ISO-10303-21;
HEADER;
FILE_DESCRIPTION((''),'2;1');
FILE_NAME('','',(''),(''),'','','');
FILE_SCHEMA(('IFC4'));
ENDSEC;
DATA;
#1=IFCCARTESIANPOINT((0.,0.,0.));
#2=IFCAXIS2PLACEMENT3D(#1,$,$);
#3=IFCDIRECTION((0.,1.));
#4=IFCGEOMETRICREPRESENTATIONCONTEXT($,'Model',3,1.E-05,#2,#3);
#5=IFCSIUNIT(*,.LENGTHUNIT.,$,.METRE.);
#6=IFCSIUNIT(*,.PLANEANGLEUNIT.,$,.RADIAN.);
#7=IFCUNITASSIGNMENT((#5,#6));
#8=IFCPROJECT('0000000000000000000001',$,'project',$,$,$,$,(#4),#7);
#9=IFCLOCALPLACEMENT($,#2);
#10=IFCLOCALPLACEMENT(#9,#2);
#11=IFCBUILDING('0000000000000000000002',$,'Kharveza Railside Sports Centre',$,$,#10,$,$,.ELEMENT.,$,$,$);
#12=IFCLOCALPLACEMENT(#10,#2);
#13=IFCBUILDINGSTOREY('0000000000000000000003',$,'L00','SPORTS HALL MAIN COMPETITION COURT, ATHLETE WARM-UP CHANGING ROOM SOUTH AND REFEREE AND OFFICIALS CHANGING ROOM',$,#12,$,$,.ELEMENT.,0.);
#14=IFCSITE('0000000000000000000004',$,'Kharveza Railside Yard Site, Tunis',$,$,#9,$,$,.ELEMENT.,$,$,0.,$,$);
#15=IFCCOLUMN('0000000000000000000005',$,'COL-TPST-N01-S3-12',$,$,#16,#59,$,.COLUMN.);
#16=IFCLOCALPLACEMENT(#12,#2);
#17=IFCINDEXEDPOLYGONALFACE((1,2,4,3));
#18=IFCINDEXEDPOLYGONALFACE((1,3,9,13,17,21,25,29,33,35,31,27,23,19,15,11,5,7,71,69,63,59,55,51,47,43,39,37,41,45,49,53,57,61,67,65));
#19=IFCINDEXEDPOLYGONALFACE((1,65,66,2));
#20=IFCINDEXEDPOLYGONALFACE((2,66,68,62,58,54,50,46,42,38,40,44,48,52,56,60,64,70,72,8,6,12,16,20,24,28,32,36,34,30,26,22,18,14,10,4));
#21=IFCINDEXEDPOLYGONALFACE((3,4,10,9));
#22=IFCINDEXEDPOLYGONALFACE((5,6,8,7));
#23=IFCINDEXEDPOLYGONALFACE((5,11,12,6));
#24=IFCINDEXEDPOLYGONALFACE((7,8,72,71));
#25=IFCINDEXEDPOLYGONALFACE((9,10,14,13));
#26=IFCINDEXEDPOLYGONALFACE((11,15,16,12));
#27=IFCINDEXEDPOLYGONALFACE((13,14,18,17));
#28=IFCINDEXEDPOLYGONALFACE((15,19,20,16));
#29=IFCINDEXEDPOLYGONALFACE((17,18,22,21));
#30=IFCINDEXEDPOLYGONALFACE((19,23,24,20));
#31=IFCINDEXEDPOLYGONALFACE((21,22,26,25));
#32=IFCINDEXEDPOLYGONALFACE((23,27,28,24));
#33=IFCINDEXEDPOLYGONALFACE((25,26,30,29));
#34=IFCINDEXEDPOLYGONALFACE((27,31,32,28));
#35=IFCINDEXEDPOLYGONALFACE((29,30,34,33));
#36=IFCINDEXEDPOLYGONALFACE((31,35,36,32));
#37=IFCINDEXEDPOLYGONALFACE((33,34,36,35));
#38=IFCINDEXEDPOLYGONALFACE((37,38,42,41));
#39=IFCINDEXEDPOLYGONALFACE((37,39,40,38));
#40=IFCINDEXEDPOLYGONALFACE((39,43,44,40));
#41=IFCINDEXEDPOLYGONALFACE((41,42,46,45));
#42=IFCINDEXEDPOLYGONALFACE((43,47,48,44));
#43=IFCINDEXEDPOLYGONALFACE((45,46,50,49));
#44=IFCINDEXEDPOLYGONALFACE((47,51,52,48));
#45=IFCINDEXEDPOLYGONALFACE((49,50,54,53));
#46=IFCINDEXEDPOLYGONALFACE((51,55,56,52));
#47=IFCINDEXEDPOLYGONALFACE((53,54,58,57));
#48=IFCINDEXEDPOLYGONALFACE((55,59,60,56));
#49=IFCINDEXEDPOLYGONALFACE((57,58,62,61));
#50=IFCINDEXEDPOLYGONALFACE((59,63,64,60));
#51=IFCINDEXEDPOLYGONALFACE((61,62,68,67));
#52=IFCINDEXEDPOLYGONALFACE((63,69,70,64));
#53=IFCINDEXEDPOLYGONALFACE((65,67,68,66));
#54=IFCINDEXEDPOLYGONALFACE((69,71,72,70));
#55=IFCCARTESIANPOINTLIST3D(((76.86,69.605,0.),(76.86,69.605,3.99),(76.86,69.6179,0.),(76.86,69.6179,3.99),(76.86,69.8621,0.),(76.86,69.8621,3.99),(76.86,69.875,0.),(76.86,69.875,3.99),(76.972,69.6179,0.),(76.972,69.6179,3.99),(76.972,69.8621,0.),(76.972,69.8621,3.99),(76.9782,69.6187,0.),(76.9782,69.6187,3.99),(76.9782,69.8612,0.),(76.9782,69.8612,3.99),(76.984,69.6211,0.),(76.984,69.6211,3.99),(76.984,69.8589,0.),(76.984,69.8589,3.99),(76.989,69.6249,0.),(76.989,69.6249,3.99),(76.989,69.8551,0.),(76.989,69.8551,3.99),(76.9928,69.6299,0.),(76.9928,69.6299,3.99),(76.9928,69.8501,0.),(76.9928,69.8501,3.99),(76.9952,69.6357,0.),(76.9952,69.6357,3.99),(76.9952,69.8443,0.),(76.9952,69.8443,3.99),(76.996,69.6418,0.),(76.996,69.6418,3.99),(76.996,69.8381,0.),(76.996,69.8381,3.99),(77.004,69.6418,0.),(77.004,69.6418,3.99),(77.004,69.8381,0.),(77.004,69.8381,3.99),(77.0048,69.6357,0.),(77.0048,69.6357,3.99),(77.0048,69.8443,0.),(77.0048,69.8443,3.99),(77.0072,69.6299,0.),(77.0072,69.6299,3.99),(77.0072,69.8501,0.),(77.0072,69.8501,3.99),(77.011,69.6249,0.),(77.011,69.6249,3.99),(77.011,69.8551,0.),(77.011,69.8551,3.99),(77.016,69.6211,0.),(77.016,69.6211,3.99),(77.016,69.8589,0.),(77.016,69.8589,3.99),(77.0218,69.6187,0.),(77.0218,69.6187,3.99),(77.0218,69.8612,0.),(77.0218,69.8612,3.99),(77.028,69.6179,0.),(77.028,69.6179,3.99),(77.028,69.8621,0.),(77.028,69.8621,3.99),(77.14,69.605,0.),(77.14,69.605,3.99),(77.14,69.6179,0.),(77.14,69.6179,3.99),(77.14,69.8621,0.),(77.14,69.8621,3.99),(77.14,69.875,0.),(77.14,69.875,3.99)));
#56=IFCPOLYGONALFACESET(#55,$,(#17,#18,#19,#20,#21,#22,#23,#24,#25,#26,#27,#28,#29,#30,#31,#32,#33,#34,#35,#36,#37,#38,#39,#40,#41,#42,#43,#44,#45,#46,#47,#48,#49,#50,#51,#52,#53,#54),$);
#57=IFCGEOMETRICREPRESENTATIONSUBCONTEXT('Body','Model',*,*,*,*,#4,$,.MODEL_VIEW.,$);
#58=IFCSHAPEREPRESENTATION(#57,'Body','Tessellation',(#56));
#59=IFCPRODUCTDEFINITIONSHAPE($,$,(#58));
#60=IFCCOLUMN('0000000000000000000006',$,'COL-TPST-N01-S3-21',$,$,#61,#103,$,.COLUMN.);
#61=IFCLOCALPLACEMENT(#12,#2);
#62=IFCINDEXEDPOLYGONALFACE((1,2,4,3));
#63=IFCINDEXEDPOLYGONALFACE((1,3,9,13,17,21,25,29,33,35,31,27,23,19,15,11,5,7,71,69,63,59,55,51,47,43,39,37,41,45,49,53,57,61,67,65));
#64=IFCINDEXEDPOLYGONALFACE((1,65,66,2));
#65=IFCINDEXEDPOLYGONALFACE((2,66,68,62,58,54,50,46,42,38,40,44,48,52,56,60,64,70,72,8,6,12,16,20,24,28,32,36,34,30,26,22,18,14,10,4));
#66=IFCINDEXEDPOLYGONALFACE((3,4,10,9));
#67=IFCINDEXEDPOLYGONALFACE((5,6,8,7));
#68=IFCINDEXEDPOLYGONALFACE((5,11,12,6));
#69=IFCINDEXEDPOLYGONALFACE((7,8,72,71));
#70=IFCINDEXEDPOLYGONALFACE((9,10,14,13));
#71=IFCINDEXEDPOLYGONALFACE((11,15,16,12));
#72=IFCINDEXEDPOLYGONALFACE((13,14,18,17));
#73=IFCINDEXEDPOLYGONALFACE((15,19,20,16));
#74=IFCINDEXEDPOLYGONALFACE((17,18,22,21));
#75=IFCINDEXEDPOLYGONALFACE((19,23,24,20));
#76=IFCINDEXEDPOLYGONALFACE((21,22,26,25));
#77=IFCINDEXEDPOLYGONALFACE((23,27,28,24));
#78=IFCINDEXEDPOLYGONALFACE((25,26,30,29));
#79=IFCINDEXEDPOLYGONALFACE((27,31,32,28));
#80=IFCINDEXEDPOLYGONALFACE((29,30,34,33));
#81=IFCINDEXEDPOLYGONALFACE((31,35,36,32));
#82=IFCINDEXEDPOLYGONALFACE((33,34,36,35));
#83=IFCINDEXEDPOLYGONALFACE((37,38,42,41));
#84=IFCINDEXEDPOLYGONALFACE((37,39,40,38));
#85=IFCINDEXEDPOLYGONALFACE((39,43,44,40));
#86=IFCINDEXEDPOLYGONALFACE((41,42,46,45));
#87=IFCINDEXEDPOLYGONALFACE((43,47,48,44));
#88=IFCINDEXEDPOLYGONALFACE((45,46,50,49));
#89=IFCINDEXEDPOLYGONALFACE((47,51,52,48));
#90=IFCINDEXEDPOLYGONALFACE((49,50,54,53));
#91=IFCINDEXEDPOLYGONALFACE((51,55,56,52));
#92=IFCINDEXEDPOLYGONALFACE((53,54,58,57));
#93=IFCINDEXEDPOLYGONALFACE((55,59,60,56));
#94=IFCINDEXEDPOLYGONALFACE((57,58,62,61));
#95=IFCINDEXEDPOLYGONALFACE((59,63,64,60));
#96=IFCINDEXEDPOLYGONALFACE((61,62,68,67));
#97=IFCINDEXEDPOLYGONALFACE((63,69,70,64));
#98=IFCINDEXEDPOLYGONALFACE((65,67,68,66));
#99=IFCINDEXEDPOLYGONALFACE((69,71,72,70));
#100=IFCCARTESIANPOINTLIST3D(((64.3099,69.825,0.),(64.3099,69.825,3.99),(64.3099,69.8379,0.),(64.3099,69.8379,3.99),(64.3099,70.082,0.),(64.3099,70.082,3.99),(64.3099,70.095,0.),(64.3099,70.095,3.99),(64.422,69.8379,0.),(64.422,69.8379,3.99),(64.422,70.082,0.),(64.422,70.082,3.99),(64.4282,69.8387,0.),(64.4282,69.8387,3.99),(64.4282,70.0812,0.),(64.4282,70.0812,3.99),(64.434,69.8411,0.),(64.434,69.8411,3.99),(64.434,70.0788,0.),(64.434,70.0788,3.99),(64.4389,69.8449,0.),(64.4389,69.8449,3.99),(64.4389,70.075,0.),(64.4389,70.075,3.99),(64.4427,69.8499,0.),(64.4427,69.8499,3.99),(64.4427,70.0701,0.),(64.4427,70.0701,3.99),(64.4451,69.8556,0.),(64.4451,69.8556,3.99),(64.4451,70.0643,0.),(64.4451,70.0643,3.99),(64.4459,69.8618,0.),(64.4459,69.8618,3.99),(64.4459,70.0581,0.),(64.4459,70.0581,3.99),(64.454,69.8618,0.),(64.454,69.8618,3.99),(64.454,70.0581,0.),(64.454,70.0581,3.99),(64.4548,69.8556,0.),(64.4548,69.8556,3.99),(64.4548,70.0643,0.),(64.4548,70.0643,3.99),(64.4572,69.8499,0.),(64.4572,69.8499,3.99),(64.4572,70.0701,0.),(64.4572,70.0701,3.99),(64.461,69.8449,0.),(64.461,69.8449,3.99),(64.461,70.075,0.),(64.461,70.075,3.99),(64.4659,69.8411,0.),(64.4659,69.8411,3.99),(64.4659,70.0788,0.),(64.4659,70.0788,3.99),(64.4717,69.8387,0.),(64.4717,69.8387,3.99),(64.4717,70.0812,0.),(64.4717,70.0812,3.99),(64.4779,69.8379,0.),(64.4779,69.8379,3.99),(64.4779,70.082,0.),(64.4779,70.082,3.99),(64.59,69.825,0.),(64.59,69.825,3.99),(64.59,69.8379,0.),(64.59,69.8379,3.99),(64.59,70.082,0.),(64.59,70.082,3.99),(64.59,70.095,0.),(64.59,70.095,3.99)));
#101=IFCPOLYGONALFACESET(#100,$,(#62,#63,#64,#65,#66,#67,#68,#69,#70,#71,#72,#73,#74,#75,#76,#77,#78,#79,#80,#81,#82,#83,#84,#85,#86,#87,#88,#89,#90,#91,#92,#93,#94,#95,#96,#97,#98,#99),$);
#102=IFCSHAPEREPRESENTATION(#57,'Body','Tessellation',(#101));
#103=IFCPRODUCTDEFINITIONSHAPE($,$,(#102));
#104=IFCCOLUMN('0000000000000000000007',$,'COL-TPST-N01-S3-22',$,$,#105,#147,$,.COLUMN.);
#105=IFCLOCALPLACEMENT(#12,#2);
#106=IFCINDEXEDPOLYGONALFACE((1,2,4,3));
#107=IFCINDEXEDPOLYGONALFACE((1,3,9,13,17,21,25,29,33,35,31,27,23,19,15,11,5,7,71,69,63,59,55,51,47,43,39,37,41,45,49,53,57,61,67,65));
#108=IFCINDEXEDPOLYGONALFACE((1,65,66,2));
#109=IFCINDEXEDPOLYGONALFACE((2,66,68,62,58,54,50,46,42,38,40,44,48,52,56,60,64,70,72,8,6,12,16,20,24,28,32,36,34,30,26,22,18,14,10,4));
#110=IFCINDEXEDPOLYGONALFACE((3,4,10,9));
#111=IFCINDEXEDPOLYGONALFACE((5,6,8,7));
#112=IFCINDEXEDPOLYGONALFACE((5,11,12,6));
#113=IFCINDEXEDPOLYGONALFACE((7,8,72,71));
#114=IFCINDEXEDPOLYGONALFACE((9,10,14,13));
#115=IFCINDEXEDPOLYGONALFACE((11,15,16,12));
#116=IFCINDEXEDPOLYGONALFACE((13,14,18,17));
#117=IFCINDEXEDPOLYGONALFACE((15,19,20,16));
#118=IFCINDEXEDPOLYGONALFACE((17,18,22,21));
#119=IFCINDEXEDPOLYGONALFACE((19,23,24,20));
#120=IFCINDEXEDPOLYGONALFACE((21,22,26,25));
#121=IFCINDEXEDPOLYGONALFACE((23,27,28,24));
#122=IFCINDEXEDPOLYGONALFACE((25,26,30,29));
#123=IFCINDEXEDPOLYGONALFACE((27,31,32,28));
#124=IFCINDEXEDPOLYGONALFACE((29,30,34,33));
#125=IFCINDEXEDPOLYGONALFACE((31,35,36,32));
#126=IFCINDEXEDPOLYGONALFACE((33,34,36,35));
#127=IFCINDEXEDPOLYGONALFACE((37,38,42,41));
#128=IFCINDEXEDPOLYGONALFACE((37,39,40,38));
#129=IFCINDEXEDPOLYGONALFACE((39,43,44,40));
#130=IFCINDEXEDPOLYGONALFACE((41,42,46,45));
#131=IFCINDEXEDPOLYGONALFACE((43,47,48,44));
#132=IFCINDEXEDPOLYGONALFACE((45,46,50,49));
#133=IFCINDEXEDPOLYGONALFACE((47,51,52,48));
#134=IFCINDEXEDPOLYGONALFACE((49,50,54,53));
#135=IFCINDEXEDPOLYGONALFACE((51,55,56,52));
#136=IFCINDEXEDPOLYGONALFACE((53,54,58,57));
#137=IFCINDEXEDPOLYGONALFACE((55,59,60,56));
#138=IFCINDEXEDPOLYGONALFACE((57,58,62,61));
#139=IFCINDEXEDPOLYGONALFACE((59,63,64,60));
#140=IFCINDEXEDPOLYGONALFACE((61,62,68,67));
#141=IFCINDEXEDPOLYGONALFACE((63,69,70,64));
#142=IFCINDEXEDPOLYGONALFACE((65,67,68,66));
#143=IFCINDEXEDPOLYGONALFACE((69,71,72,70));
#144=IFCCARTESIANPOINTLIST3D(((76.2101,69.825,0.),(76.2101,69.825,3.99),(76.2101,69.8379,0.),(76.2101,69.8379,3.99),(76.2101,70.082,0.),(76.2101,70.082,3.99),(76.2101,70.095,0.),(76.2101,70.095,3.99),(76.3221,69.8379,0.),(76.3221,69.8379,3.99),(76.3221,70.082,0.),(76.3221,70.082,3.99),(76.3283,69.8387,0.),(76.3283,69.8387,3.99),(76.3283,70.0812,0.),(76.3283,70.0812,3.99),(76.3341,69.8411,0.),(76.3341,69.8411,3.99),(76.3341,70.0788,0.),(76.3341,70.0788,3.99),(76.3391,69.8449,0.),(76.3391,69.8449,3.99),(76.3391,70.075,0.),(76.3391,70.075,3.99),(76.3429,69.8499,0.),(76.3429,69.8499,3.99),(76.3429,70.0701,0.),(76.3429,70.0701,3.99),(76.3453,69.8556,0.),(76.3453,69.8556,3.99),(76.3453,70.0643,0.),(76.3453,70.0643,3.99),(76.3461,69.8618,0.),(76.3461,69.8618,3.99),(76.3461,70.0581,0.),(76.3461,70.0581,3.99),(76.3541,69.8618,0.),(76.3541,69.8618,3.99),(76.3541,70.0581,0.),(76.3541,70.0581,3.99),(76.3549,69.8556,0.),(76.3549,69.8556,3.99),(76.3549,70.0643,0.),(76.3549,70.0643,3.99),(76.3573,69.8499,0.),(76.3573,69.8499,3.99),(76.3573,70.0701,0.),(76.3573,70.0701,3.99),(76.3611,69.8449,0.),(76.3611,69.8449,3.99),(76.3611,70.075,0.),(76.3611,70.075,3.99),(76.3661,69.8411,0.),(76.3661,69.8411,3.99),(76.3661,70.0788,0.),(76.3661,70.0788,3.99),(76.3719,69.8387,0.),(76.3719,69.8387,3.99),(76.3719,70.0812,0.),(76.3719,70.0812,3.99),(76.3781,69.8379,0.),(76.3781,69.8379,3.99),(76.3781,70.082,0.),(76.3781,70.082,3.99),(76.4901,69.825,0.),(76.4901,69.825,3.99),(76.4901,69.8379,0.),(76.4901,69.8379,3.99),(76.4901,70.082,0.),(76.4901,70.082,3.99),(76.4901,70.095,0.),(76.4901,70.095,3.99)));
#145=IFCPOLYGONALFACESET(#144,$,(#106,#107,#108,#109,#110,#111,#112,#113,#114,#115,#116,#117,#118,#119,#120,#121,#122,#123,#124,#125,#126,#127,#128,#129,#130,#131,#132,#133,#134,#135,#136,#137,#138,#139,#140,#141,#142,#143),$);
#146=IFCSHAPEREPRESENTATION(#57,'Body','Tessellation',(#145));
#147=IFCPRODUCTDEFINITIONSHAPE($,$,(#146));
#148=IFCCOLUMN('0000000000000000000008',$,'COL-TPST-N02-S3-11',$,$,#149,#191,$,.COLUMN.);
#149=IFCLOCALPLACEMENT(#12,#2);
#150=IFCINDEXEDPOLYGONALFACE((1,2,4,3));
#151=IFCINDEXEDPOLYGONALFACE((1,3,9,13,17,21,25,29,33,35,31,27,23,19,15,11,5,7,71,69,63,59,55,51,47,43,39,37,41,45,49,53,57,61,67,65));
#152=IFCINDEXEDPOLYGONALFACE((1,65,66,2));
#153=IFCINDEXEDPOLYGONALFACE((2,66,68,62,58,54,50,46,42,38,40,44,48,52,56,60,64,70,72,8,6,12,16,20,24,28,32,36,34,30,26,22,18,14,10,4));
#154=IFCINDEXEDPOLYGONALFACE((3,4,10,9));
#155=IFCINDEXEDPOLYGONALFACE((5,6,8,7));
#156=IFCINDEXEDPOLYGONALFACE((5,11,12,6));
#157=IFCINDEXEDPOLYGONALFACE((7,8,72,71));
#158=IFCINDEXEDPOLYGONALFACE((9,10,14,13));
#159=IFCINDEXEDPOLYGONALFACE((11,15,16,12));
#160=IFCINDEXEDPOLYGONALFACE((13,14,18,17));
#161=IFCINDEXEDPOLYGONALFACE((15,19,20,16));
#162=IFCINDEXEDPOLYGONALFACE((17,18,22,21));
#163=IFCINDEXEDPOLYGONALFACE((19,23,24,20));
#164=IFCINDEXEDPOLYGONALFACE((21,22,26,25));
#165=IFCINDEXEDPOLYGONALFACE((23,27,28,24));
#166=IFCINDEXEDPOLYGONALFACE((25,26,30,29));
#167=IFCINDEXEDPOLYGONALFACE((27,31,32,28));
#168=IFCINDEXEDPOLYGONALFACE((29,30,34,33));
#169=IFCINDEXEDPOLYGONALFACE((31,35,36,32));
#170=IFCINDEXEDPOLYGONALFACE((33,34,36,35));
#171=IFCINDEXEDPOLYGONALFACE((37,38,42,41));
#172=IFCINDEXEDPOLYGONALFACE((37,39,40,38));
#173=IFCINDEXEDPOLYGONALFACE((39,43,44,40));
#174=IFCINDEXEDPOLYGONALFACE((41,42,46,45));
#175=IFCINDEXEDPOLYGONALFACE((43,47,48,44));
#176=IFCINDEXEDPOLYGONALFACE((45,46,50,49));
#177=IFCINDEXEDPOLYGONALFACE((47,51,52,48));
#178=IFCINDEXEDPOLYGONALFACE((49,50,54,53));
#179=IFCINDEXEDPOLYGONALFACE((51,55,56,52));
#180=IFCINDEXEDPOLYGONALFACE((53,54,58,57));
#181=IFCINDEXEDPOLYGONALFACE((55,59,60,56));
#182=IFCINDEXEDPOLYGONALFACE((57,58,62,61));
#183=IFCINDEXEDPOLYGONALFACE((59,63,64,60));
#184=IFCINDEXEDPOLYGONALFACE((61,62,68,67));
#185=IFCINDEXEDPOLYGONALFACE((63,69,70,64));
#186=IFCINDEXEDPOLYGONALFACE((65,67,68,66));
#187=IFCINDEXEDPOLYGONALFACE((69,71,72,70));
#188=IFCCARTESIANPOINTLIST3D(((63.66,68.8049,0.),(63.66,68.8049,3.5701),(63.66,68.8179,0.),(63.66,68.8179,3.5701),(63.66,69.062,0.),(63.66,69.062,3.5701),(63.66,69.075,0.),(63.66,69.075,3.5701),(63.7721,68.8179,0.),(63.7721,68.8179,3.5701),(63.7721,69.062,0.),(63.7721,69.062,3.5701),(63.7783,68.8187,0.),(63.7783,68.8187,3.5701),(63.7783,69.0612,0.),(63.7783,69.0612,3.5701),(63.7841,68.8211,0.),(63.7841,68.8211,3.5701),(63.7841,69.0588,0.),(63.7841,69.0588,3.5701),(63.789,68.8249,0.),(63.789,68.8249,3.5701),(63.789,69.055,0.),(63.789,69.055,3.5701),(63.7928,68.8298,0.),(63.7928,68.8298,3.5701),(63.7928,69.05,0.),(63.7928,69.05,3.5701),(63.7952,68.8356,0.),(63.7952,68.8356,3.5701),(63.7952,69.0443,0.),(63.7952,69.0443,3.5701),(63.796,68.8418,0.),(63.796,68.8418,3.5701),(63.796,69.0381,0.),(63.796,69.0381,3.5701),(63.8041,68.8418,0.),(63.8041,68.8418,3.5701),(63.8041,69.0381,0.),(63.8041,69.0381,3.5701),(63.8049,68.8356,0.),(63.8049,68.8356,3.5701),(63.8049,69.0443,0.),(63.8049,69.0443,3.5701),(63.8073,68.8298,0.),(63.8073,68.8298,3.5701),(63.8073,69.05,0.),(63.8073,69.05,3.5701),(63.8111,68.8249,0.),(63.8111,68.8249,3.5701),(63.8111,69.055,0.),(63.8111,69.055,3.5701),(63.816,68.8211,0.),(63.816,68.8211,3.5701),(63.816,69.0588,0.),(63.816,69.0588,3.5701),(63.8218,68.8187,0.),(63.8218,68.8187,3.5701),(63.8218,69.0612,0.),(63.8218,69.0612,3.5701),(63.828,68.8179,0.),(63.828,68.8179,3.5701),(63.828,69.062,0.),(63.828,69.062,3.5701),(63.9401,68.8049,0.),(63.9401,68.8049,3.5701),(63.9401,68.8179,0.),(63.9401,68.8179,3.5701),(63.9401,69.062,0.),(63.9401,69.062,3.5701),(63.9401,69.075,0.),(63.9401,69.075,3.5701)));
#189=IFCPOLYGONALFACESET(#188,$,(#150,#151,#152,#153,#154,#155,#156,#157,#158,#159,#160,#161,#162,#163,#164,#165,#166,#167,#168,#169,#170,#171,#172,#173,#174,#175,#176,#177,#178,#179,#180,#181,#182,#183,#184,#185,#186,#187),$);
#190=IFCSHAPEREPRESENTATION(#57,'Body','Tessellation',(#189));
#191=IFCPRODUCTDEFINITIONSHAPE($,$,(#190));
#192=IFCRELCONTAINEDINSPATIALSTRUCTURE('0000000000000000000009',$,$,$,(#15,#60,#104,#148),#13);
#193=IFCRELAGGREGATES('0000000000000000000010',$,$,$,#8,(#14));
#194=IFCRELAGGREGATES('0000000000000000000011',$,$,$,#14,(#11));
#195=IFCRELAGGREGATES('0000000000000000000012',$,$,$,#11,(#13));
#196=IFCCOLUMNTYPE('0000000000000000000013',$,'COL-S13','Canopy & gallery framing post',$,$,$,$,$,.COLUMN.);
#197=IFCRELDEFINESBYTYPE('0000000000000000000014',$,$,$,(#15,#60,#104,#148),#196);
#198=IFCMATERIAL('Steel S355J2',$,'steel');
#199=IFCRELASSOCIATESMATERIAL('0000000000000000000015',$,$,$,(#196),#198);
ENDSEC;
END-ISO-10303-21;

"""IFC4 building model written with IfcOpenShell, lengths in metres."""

from ifc_helpers import new_model, si_unit, direction, frame, origin, origin_2d, place, context, subcontext, project, spatial, i_section, extrude, material, material_profile, profile_set, type_object, element, save


model = new_model("IFC4")

# Units and contexts
model_context = context("Model", 3, precision=1e-05, world=origin(), true_north=direction((0.0, 1.0)))
body_context = subcontext(model_context, "Body", "Model", "MODEL_VIEW")
ifc_project = project(units=[si_unit("LENGTHUNIT", "METRE"), si_unit("PLANEANGLEUNIT", "RADIAN")], contexts=[model_context])

# Site, building, storey
site_placement = place(None, origin())
site = spatial("IfcSite", under=ifc_project, at=site_placement, Name="Kharveza Railside Yard Site, Tunis", CompositionType="ELEMENT", RefElevation=0.0)
building_placement = place(site_placement, origin())
building = spatial("IfcBuilding", under=site, at=building_placement, Name="Kharveza Railside Sports Centre", CompositionType="ELEMENT")
storey_placement = place(building_placement, origin())
storey = spatial("IfcBuildingStorey", under=building, at=storey_placement, Name="L00", Description="SPORTS HALL MAIN COMPETITION COURT, ATHLETE WARM-UP CHANGING ROOM SOUTH AND REFEREE AND OFFICIALS CHANGING ROOM", CompositionType="ELEMENT", Elevation=0.0)

# Columns
ifc_material_1 = material(Name="Steel S355J2", Category="steel")
ifc_material_profile_1 = material_profile(ifc_material_1, i_section(OverallWidth=0.28, OverallDepth=0.27, WebThickness=0.0081, FlangeThickness=0.0129, FilletRadius=0.0239, at=origin_2d()), Name="HEA 280")
ifc_profile_set_1 = profile_set([ifc_material_profile_1], Name="Steel S355J2")
column_type_1 = type_object("IfcColumnType", Name="COL-S13", Description="Canopy & gallery framing post", PredefinedType="COLUMN", material=ifc_profile_set_1)
for number, where, z_axis, x_axis, name in (
    (1, (77.0, 69.74, 0.0), (0.0, 0.0, 1.0), (1.0, 0.0, 0.0), "COL-TPST-N01-S3-12"),
    (2, (64.45, 69.96, 0.0), (0.0, 0.0, 1.0), (1.0, 0.0, 0.0), "COL-TPST-N01-S3-21"),
    (3, (76.3501, 69.96, 0.0), (0.0, 0.0, 1.0), (1.0, 0.0, 0.0), "COL-TPST-N01-S3-22"),
):
    element("IfcColumn", number, at=place(storey_placement, frame(where, z_axis=z_axis, x_axis=x_axis)), inside=storey, type_object=column_type_1, Name=name, PredefinedType="COLUMN", context=body_context, shape_type="SweptSolid", body=[
        extrude(i_section(OverallWidth=0.28, OverallDepth=0.27, WebThickness=0.0081, FlangeThickness=0.0129, FilletRadius=0.0239, at=origin_2d()), origin(), (0.0, 0.0, 1.0), 3.99),
    ])
for number, where, z_axis, x_axis, name in (
    (4, (63.8, 68.9399, 0.0), (0.0, 0.0, 1.0), (1.0, 0.0, 0.0), "COL-TPST-N02-S3-11"),
):
    element("IfcColumn", number, at=place(storey_placement, frame(where, z_axis=z_axis, x_axis=x_axis)), inside=storey, type_object=column_type_1, Name=name, PredefinedType="COLUMN", context=body_context, shape_type="SweptSolid", body=[
        extrude(i_section(OverallWidth=0.28, OverallDepth=0.27, WebThickness=0.0081, FlangeThickness=0.0129, FilletRadius=0.0239, at=origin_2d()), origin(), (0.0, 0.0, 1.0), 3.5701),
    ])

save(model, "model.ifc")
